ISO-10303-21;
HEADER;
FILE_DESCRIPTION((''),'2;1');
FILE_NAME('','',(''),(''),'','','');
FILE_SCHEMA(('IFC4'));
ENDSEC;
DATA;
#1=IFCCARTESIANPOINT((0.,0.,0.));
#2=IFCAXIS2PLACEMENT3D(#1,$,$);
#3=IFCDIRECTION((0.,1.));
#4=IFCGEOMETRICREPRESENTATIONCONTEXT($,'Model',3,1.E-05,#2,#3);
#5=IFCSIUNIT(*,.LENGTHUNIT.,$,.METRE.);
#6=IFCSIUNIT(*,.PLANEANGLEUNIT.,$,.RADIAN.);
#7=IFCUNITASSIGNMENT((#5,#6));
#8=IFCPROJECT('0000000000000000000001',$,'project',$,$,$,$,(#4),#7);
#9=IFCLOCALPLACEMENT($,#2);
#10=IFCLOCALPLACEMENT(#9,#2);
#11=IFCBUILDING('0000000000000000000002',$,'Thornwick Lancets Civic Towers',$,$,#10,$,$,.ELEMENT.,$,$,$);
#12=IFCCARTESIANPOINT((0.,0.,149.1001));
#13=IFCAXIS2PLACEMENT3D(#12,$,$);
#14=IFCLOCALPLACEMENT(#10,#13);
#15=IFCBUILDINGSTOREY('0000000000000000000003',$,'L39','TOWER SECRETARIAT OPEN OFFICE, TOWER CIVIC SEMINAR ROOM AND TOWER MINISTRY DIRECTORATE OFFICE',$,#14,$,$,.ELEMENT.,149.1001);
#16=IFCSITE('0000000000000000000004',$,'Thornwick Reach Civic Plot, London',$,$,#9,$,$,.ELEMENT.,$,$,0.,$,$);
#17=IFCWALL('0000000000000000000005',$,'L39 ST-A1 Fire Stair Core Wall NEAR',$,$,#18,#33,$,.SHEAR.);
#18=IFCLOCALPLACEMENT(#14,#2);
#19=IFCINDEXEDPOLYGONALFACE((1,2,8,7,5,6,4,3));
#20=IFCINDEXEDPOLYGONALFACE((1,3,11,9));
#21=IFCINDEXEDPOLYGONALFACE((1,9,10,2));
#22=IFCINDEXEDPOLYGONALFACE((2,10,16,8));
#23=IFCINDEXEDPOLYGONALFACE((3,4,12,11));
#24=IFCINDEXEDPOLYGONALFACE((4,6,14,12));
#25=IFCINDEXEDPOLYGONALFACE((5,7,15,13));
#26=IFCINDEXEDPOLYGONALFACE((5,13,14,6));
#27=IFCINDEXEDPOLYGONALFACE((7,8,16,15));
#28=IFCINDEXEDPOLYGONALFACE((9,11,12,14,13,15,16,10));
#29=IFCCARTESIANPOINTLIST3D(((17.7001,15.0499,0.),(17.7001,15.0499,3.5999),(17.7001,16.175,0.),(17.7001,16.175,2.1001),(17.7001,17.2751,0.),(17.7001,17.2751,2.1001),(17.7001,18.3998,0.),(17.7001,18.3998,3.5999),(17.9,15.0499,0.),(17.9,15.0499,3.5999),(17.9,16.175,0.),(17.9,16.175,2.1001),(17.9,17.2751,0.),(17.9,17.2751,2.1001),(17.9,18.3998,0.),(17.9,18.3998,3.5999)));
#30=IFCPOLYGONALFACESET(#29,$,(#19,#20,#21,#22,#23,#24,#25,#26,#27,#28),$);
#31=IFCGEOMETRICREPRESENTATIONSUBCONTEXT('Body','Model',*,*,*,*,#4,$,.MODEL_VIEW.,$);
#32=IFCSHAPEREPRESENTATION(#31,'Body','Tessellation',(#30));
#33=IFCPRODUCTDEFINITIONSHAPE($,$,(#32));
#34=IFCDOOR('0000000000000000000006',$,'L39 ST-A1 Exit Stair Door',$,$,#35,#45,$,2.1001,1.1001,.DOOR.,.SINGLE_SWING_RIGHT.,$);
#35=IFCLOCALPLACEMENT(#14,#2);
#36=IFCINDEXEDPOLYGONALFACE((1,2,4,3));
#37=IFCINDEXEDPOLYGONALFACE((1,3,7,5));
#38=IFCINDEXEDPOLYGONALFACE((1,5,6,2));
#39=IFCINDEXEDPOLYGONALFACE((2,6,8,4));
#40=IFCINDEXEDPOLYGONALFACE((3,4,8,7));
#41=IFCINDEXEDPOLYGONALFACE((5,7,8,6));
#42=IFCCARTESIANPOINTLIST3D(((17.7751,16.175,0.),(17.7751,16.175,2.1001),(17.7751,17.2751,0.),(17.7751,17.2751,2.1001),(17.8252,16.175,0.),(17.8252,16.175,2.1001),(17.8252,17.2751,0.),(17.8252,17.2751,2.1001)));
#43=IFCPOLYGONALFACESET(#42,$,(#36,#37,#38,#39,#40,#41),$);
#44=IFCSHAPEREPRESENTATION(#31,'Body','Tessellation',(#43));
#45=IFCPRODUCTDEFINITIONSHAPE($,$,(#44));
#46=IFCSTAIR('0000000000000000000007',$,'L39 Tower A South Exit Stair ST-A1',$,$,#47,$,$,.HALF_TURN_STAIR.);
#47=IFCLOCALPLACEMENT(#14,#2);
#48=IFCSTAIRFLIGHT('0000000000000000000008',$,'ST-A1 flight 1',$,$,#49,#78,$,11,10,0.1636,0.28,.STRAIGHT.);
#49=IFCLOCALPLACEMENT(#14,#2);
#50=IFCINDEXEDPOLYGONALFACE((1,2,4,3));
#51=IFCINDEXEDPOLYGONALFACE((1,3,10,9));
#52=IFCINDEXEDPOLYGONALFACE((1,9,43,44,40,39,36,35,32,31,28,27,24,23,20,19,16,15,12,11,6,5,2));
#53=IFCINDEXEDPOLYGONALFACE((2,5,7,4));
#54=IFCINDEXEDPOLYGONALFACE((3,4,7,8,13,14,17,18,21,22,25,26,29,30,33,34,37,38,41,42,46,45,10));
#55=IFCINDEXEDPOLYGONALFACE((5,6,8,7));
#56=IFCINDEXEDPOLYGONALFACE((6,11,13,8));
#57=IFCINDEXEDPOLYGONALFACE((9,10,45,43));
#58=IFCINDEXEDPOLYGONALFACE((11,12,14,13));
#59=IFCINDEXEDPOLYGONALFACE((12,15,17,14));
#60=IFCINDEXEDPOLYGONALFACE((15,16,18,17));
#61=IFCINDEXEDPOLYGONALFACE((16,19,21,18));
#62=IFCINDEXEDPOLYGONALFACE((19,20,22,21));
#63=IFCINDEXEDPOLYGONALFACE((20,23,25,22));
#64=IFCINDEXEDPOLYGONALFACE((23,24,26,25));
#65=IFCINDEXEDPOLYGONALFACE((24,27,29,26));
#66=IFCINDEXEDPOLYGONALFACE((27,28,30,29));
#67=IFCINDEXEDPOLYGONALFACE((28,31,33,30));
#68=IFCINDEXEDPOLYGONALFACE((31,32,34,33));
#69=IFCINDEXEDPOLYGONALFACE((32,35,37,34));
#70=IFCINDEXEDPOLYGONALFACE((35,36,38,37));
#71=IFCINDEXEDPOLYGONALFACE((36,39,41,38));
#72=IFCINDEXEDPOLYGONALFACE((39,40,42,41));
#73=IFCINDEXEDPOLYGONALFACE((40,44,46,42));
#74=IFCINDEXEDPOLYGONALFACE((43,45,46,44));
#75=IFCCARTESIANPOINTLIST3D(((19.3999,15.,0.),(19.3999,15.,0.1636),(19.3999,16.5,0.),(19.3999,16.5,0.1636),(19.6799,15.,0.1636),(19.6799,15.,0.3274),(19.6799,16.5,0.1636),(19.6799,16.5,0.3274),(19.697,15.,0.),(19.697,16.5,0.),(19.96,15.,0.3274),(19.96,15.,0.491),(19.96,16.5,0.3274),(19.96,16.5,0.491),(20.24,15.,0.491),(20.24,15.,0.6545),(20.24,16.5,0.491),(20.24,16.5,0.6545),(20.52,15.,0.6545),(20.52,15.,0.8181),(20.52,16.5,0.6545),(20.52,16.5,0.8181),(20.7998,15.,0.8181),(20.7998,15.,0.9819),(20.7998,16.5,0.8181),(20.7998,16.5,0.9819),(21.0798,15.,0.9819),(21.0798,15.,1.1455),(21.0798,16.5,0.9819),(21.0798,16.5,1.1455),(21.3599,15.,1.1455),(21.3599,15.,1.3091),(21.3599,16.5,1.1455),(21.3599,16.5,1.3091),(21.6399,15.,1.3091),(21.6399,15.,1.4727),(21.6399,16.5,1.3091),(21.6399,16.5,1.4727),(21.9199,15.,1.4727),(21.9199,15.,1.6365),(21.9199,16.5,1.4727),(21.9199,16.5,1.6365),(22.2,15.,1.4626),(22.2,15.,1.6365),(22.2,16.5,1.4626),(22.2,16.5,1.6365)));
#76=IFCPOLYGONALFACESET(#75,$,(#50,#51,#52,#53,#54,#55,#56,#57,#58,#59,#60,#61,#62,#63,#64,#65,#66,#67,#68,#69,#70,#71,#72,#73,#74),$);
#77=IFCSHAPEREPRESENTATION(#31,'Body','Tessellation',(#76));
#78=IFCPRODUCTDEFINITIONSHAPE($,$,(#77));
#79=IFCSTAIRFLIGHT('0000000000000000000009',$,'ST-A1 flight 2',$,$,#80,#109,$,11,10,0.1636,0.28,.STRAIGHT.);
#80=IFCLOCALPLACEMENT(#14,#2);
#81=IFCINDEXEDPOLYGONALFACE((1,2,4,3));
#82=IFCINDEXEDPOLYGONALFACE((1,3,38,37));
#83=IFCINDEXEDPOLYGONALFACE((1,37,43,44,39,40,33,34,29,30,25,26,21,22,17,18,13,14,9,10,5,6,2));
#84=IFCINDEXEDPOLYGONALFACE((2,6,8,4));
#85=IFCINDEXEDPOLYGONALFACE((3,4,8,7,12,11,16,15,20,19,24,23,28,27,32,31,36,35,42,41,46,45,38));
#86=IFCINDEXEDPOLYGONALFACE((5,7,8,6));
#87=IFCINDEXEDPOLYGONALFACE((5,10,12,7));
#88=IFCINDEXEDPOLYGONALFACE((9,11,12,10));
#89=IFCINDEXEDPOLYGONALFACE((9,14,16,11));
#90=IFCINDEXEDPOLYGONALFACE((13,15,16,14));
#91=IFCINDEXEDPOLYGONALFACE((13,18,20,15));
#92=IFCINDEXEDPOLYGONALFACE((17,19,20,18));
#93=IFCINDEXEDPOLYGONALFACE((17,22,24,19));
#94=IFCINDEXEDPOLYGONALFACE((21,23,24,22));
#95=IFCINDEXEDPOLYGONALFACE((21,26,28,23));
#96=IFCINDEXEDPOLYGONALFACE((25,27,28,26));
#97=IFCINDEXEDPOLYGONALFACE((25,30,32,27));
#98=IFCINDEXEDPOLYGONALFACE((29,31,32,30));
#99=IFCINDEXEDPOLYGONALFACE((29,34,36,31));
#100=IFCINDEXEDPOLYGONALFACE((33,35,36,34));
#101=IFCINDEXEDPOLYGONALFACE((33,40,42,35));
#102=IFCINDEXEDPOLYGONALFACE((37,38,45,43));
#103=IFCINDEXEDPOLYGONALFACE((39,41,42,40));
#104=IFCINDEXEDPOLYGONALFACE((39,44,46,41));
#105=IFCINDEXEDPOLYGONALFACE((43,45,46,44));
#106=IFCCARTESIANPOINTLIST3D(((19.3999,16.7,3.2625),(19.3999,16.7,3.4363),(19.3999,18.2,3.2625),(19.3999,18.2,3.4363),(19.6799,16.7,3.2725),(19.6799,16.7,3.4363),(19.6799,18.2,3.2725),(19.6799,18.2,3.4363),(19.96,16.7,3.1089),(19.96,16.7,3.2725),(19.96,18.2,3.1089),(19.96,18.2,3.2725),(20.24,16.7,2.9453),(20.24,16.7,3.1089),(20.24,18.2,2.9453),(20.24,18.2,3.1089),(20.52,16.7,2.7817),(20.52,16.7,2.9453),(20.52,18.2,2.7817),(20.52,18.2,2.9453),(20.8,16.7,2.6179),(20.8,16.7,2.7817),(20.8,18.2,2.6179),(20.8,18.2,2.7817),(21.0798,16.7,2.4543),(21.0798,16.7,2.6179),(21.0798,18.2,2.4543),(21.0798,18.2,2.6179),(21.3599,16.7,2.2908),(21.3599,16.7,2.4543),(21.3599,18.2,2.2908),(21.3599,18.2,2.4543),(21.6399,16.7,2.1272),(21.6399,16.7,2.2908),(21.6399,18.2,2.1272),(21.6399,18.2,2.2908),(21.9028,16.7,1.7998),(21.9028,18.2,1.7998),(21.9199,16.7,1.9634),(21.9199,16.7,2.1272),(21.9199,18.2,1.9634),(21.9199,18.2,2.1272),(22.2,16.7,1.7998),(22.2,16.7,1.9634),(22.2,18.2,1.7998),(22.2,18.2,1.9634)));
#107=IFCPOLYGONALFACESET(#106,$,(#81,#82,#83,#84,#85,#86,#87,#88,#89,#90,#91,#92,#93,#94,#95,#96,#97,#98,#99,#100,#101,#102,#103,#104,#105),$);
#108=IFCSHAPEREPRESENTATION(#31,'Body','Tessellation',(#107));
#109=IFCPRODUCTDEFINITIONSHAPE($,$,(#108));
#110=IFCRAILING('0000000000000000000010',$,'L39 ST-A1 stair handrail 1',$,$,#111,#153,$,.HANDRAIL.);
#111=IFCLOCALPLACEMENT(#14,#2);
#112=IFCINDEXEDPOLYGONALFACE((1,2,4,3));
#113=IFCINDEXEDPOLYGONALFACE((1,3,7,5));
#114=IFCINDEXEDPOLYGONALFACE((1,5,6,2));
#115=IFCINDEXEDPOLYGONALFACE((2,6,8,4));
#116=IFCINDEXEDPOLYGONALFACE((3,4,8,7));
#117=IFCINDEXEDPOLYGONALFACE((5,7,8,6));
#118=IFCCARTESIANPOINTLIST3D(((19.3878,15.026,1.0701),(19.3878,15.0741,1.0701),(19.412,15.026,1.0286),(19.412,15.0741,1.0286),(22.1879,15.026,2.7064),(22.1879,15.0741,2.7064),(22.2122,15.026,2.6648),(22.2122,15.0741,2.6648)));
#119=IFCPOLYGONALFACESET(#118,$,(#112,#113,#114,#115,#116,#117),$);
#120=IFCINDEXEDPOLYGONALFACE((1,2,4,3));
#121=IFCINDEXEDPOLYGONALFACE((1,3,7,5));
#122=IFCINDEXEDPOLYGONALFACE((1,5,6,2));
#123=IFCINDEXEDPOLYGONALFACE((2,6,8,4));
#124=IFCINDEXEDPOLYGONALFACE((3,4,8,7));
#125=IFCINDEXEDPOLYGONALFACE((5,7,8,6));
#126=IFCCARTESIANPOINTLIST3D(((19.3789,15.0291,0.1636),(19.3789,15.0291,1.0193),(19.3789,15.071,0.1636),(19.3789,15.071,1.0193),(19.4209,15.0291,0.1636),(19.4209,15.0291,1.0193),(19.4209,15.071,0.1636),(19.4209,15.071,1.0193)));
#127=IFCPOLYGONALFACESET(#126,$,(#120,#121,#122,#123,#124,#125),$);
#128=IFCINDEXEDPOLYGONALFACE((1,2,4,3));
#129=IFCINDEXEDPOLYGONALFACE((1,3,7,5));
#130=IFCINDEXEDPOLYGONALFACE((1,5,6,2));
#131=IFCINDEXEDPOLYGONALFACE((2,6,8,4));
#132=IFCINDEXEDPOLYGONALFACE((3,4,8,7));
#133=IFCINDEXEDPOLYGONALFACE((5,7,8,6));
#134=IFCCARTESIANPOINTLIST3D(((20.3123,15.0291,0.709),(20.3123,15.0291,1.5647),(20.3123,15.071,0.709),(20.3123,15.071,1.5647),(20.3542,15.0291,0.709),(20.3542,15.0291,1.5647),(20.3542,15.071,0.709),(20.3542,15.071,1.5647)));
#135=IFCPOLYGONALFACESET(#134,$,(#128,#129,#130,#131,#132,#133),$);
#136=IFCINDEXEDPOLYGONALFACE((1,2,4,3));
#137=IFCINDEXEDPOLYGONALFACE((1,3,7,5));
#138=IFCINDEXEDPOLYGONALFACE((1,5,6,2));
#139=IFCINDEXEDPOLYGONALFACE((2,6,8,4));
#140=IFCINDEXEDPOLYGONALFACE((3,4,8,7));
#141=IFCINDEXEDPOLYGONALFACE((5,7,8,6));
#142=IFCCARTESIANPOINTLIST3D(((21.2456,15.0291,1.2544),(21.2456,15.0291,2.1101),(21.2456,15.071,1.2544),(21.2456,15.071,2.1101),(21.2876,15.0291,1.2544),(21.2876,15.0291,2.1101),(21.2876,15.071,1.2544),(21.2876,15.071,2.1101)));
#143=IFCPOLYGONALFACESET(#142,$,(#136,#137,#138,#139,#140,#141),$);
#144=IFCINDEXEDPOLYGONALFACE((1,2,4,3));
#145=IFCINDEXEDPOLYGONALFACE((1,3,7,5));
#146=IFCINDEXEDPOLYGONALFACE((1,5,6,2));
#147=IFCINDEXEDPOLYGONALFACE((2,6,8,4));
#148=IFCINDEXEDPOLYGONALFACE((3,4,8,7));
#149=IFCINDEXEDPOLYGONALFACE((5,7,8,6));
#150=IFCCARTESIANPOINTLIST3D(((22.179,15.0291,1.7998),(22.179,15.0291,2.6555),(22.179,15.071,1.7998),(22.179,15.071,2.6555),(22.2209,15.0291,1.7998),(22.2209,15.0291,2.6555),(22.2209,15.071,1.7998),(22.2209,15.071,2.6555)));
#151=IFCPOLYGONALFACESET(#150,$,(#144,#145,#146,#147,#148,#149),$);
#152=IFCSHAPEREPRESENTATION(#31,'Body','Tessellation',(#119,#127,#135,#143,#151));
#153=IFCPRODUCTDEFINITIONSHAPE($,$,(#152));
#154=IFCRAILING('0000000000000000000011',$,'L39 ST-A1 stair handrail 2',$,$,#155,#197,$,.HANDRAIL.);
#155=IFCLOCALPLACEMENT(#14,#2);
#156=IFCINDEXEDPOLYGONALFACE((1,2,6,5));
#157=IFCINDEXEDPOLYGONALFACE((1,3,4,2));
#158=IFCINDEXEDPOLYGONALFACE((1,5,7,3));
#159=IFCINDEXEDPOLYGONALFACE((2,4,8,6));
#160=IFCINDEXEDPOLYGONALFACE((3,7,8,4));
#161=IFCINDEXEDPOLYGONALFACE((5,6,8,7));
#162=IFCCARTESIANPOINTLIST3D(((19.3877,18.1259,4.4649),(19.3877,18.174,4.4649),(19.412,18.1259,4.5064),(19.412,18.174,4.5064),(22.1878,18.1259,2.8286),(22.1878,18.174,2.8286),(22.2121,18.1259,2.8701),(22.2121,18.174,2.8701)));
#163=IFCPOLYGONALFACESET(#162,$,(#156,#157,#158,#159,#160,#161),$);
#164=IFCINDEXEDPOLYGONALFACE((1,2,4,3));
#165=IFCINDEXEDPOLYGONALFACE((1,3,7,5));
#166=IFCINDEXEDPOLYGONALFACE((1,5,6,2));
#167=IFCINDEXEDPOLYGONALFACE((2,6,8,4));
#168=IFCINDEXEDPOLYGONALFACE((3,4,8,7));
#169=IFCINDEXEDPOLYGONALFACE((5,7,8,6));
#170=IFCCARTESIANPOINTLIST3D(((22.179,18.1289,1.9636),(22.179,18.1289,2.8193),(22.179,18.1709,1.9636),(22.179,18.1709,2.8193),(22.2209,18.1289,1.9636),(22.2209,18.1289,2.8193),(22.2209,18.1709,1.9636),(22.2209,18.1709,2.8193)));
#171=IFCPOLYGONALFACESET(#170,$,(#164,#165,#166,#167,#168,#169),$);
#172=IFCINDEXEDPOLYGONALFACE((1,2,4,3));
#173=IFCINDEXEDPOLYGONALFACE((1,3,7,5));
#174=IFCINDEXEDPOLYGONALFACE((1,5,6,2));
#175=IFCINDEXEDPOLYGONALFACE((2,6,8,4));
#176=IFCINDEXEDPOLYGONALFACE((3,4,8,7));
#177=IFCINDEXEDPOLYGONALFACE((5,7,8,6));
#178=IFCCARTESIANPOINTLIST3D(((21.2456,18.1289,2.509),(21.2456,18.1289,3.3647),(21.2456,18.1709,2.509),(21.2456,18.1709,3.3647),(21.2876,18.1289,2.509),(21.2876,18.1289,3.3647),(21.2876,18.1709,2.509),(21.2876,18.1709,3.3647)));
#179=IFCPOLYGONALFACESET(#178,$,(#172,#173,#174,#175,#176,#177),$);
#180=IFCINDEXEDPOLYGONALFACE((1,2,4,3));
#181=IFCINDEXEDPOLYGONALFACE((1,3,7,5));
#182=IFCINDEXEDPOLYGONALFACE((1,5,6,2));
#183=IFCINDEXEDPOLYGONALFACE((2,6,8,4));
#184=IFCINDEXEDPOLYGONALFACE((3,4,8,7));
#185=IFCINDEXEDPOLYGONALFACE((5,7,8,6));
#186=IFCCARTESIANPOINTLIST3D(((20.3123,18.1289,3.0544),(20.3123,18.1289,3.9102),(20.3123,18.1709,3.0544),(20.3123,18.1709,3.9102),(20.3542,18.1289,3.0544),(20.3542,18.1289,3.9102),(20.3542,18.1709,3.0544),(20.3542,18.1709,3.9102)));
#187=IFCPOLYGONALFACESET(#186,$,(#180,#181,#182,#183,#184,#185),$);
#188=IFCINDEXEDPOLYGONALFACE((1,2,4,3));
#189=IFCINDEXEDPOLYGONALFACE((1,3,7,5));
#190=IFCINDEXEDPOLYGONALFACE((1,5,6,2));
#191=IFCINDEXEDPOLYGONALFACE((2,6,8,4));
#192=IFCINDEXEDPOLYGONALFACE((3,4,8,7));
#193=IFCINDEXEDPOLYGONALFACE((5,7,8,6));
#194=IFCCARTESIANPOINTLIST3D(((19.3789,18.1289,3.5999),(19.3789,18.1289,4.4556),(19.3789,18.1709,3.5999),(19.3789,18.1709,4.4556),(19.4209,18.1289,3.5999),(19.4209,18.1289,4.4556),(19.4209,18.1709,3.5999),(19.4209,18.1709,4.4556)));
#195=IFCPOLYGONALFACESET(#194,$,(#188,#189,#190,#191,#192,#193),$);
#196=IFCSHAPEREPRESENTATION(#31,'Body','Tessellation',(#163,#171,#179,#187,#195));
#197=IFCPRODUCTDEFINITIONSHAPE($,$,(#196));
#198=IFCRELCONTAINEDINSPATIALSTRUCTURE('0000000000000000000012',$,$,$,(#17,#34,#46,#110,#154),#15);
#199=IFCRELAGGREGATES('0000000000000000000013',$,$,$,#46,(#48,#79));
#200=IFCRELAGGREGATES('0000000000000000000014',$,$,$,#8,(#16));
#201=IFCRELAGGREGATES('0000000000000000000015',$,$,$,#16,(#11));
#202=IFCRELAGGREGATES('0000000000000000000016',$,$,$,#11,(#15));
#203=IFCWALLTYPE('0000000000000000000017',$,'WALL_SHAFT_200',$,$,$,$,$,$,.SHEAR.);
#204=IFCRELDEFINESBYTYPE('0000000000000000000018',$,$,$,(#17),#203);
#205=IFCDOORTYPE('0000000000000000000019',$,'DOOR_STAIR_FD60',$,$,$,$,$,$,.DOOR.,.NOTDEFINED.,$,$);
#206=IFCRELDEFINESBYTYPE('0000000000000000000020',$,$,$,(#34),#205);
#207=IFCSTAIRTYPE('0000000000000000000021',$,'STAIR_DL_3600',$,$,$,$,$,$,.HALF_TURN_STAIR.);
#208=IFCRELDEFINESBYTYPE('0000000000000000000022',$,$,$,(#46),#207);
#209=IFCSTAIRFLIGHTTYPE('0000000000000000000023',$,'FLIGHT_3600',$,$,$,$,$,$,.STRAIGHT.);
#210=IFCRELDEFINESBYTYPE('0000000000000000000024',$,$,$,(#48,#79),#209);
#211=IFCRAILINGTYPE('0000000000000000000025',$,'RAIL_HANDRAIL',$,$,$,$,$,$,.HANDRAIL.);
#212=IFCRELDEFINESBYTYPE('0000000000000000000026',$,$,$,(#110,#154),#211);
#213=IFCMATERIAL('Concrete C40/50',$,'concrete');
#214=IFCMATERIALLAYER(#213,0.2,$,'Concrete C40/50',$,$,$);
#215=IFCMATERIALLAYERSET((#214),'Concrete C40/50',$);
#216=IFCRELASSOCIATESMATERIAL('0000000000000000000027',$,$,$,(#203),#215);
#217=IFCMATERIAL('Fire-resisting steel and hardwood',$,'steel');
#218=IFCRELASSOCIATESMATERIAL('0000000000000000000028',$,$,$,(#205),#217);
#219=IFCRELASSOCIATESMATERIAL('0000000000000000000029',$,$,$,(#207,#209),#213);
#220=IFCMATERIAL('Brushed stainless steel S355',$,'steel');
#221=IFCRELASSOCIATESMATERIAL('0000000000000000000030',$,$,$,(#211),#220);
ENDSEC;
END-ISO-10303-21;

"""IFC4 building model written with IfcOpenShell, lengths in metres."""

from ifc_helpers import new_model, si_unit, direction, frame, frame_2d, origin, origin_2d, place, context, subcontext, project, spatial, polyline, rectangle, outline, extrude, material, layer, layer_set, type_object, element, fill, aggregate, save


model = new_model("IFC4")

# Units and contexts
model_context = context("Model", 3, precision=1e-05, world=origin(), true_north=direction((0.0, 1.0)))
body_context = subcontext(model_context, "Body", "Model", "MODEL_VIEW")
ifc_project = project(units=[si_unit("LENGTHUNIT", "METRE"), si_unit("PLANEANGLEUNIT", "RADIAN")], contexts=[model_context])

# Site, building, storey
site_placement = place(None, origin())
site = spatial("IfcSite", under=ifc_project, at=site_placement, Name="Thornwick Reach Civic Plot, London", CompositionType="ELEMENT", RefElevation=0.0)
building_placement = place(site_placement, origin())
building = spatial("IfcBuilding", under=site, at=building_placement, Name="Thornwick Lancets Civic Towers", CompositionType="ELEMENT")
storey_placement = place(building_placement, frame((0.0, 0.0, 149.1001)))
storey = spatial("IfcBuildingStorey", under=building, at=storey_placement, Name="L39", Description="TOWER SECRETARIAT OPEN OFFICE, TOWER CIVIC SEMINAR ROOM AND TOWER MINISTRY DIRECTORATE OFFICE", CompositionType="ELEMENT", Elevation=149.1001)

# Wall, opening, door
ifc_material_1 = material(Name="Concrete C40/50", Category="concrete")
ifc_layer_1 = layer(ifc_material_1, 0.2, Name="Concrete C40/50")
ifc_layer_set_1 = layer_set([ifc_layer_1], Name="Concrete C40/50")
wall_type_1 = type_object("IfcWallType", Name="WALL_SHAFT_200", PredefinedType="SHEAR", material=ifc_layer_set_1)
wall_1_placement = place(storey_placement, frame((17.8, 15.05, 0.0), z_axis=(0.0, 0.0, 1.0), x_axis=(0.0, 1.0, 0.0)))
wall_1 = element("IfcWall", 1, at=wall_1_placement, inside=storey, type_object=wall_type_1, Name="L39 ST-A1 Fire Stair Core Wall NEAR", PredefinedType="SHEAR", context=body_context, shape_type="SweptSolid", body=[
    extrude(rectangle(XDim=3.3499, YDim=0.2, at=frame_2d((1.6748, 0.0))), origin(), (0.0, 0.0, 1.0), 3.5999),
])
opening_1_placement = place(wall_1_placement, frame((1.125, 0.0, 0.0)))
opening_1 = element("IfcOpeningElement", 2, at=opening_1_placement, cuts=wall_1, PredefinedType="OPENING", context=body_context, shape_type="SweptSolid", body=[
    extrude(rectangle(XDim=1.1001, YDim=2.1001, at=frame_2d((0.55, 1.05))), frame((0.0, 0.1099, 0.0), z_axis=(0.0, -1.0, 0.0), x_axis=(1.0, 0.0, 0.0)), (0.0, 0.0, 1.0), 0.22),
])
ifc_material_2 = material(Name="Fire-resisting steel and hardwood", Category="steel")
door_type_1 = type_object("IfcDoorType", Name="DOOR_STAIR_FD60", OperationType="NOTDEFINED", PredefinedType="DOOR", material=ifc_material_2)
door_1_placement = place(opening_1_placement, origin())
door_1 = element("IfcDoor", 3, at=door_1_placement, inside=storey, type_object=door_type_1, Name="L39 ST-A1 Exit Stair Door", OperationType="SINGLE_SWING_RIGHT", OverallHeight=2.1001, OverallWidth=1.1001, PredefinedType="DOOR", context=body_context, shape_type="SweptSolid", body=[
    extrude(rectangle(XDim=1.1001, YDim=2.1001, at=frame_2d((0.55, 1.05))), frame((0.0, 0.0249, 0.0), z_axis=(0.0, -1.0, 0.0), x_axis=(1.0, 0.0, 0.0)), (0.0, 0.0, 1.0), 0.05),
])
fill(opening_1, door_1)

# Stair, stair flights
stair_type = type_object("IfcStairType", Name="STAIR_DL_3600", PredefinedType="HALF_TURN_STAIR", material=ifc_material_1)
stair_placement = place(storey_placement, origin())
stair = element("IfcStair", 4, at=stair_placement, inside=storey, type_object=stair_type, Name="L39 Tower A South Exit Stair ST-A1", PredefinedType="HALF_TURN_STAIR")
stair_flight_type = type_object("IfcStairFlightType", Name="FLIGHT_3600", PredefinedType="STRAIGHT", material=ifc_material_1)
stair_flight_1_placement = place(storey_placement, frame((19.3999, 15.75, 0.0), z_axis=(0.0, 0.0, 1.0), x_axis=(1.0, 0.0, 0.0)))
stair_flight_1 = element("IfcStairFlight", 5, at=stair_flight_1_placement, type_object=stair_flight_type, Name="ST-A1 flight 1", NumberOfRisers=11, NumberOfTreads=10, PredefinedType="STRAIGHT", RiserHeight=0.1636, TreadLength=0.28, context=body_context, shape_type="SweptSolid", body=[
    extrude(outline(polyline([(0.0, 0.0), (0.0, 0.1636), (0.28, 0.1636), (0.28, 0.3274), (0.5601, 0.3274), (0.5601, 0.491), (0.8401, 0.491), (0.8401, 0.6545), (1.1201, 0.6545), (1.1201, 0.8181), (1.3999, 0.8181), (1.3999, 0.9819), (1.6799, 0.9819), (1.6799, 1.1455), (1.96, 1.1455), (1.96, 1.3091), (2.24, 1.3091), (2.24, 1.4727), (2.52, 1.4727), (2.52, 1.6365), (2.8, 1.6365), (2.8, 1.8), (2.8, 1.4626), (0.2971, 0.0), (0.0, 0.0)])), frame((0.0, 0.75, 0.0), z_axis=(0.0, -1.0, 0.0), x_axis=(1.0, 0.0, 0.0)), (0.0, 0.0, 1.0), 1.5),
])
stair_flight_2_placement = place(storey_placement, frame((22.2, 17.45, 1.7998), z_axis=(0.0, 0.0, 1.0), x_axis=(-1.0, 0.0, 0.0)))
stair_flight_2 = element("IfcStairFlight", 6, at=stair_flight_2_placement, type_object=stair_flight_type, Name="ST-A1 flight 2", NumberOfRisers=11, NumberOfTreads=10, PredefinedType="STRAIGHT", RiserHeight=0.1636, TreadLength=0.28, context=body_context, shape_type="SweptSolid", body=[
    extrude(outline(polyline([(0.0, 0.0), (0.0, 0.1636), (0.28, 0.1636), (0.28, 0.3274), (0.5601, 0.3274), (0.5601, 0.491), (0.8401, 0.491), (0.8401, 0.6545), (1.1201, 0.6545), (1.1201, 0.8181), (1.3999, 0.8181), (1.3999, 0.9819), (1.6799, 0.9819), (1.6799, 1.1455), (1.96, 1.1455), (1.96, 1.3091), (2.24, 1.3091), (2.24, 1.4727), (2.52, 1.4727), (2.52, 1.6365), (2.8, 1.6365), (2.8, 1.8), (2.8, 1.4626), (0.2971, 0.0), (0.0, 0.0)])), frame((0.0, 0.75, 0.0), z_axis=(0.0, -1.0, 0.0), x_axis=(1.0, 0.0, 0.0)), (0.0, 0.0, 1.0), 1.5),
])
aggregate(stair, [stair_flight_1, stair_flight_2])

# Railings
ifc_material_3 = material(Name="Brushed stainless steel S355", Category="steel")
railing_type_1 = type_object("IfcRailingType", Name="RAIL_HANDRAIL", PredefinedType="HANDRAIL", material=ifc_material_3)
railing_1_placement = place(storey_placement, frame((19.3999, 15.05, 0.1636)))
element("IfcRailing", 7, at=railing_1_placement, inside=storey, type_object=railing_type_1, Name="L39 ST-A1 stair handrail 1", PredefinedType="HANDRAIL", context=body_context, shape_type="SweptSolid", body=[
    extrude(rectangle(XDim=0.0481, YDim=0.0481, at=origin_2d()), frame((0.0, 0.0, 0.8857), z_axis=(0.863394, 0.0, 0.504531), x_axis=(0.0, 1.0, 0.0)), (0.0, 0.0, 1.0), 3.2432),
    extrude(rectangle(XDim=0.042, YDim=0.042, at=origin_2d()), origin(), (0.0, 0.0, 1.0), 0.8557),
    extrude(rectangle(XDim=0.042, YDim=0.042, at=origin_2d()), frame((0.9333, 0.0, 0.5454)), (0.0, 0.0, 1.0), 0.8557),
    extrude(rectangle(XDim=0.042, YDim=0.042, at=origin_2d()), frame((1.8667, 0.0, 1.0908)), (0.0, 0.0, 1.0), 0.8557),
    extrude(rectangle(XDim=0.042, YDim=0.042, at=origin_2d()), frame((2.8, 0.0, 1.6362)), (0.0, 0.0, 1.0), 0.8557),
])
railing_2_placement = place(storey_placement, frame((22.2, 18.1499, 1.9636)))
element("IfcRailing", 8, at=railing_2_placement, inside=storey, type_object=railing_type_1, Name="L39 ST-A1 stair handrail 2", PredefinedType="HANDRAIL", context=body_context, shape_type="SweptSolid", body=[
    extrude(rectangle(XDim=0.0481, YDim=0.0481, at=origin_2d()), frame((0.0, 0.0, 0.8857), z_axis=(-0.863394, 0.0, 0.504531), x_axis=(0.0, -1.0, 0.0)), (0.0, 0.0, 1.0), 3.2432),
    extrude(rectangle(XDim=0.042, YDim=0.042, at=origin_2d()), origin(), (0.0, 0.0, 1.0), 0.8557),
    extrude(rectangle(XDim=0.042, YDim=0.042, at=origin_2d()), frame((-0.9333, 0.0, 0.5454)), (0.0, 0.0, 1.0), 0.8557),
    extrude(rectangle(XDim=0.042, YDim=0.042, at=origin_2d()), frame((-1.8667, 0.0, 1.0908)), (0.0, 0.0, 1.0), 0.8557),
    extrude(rectangle(XDim=0.042, YDim=0.042, at=origin_2d()), frame((-2.8, 0.0, 1.6362)), (0.0, 0.0, 1.0), 0.8557),
])

save(model, "model.ifc")
